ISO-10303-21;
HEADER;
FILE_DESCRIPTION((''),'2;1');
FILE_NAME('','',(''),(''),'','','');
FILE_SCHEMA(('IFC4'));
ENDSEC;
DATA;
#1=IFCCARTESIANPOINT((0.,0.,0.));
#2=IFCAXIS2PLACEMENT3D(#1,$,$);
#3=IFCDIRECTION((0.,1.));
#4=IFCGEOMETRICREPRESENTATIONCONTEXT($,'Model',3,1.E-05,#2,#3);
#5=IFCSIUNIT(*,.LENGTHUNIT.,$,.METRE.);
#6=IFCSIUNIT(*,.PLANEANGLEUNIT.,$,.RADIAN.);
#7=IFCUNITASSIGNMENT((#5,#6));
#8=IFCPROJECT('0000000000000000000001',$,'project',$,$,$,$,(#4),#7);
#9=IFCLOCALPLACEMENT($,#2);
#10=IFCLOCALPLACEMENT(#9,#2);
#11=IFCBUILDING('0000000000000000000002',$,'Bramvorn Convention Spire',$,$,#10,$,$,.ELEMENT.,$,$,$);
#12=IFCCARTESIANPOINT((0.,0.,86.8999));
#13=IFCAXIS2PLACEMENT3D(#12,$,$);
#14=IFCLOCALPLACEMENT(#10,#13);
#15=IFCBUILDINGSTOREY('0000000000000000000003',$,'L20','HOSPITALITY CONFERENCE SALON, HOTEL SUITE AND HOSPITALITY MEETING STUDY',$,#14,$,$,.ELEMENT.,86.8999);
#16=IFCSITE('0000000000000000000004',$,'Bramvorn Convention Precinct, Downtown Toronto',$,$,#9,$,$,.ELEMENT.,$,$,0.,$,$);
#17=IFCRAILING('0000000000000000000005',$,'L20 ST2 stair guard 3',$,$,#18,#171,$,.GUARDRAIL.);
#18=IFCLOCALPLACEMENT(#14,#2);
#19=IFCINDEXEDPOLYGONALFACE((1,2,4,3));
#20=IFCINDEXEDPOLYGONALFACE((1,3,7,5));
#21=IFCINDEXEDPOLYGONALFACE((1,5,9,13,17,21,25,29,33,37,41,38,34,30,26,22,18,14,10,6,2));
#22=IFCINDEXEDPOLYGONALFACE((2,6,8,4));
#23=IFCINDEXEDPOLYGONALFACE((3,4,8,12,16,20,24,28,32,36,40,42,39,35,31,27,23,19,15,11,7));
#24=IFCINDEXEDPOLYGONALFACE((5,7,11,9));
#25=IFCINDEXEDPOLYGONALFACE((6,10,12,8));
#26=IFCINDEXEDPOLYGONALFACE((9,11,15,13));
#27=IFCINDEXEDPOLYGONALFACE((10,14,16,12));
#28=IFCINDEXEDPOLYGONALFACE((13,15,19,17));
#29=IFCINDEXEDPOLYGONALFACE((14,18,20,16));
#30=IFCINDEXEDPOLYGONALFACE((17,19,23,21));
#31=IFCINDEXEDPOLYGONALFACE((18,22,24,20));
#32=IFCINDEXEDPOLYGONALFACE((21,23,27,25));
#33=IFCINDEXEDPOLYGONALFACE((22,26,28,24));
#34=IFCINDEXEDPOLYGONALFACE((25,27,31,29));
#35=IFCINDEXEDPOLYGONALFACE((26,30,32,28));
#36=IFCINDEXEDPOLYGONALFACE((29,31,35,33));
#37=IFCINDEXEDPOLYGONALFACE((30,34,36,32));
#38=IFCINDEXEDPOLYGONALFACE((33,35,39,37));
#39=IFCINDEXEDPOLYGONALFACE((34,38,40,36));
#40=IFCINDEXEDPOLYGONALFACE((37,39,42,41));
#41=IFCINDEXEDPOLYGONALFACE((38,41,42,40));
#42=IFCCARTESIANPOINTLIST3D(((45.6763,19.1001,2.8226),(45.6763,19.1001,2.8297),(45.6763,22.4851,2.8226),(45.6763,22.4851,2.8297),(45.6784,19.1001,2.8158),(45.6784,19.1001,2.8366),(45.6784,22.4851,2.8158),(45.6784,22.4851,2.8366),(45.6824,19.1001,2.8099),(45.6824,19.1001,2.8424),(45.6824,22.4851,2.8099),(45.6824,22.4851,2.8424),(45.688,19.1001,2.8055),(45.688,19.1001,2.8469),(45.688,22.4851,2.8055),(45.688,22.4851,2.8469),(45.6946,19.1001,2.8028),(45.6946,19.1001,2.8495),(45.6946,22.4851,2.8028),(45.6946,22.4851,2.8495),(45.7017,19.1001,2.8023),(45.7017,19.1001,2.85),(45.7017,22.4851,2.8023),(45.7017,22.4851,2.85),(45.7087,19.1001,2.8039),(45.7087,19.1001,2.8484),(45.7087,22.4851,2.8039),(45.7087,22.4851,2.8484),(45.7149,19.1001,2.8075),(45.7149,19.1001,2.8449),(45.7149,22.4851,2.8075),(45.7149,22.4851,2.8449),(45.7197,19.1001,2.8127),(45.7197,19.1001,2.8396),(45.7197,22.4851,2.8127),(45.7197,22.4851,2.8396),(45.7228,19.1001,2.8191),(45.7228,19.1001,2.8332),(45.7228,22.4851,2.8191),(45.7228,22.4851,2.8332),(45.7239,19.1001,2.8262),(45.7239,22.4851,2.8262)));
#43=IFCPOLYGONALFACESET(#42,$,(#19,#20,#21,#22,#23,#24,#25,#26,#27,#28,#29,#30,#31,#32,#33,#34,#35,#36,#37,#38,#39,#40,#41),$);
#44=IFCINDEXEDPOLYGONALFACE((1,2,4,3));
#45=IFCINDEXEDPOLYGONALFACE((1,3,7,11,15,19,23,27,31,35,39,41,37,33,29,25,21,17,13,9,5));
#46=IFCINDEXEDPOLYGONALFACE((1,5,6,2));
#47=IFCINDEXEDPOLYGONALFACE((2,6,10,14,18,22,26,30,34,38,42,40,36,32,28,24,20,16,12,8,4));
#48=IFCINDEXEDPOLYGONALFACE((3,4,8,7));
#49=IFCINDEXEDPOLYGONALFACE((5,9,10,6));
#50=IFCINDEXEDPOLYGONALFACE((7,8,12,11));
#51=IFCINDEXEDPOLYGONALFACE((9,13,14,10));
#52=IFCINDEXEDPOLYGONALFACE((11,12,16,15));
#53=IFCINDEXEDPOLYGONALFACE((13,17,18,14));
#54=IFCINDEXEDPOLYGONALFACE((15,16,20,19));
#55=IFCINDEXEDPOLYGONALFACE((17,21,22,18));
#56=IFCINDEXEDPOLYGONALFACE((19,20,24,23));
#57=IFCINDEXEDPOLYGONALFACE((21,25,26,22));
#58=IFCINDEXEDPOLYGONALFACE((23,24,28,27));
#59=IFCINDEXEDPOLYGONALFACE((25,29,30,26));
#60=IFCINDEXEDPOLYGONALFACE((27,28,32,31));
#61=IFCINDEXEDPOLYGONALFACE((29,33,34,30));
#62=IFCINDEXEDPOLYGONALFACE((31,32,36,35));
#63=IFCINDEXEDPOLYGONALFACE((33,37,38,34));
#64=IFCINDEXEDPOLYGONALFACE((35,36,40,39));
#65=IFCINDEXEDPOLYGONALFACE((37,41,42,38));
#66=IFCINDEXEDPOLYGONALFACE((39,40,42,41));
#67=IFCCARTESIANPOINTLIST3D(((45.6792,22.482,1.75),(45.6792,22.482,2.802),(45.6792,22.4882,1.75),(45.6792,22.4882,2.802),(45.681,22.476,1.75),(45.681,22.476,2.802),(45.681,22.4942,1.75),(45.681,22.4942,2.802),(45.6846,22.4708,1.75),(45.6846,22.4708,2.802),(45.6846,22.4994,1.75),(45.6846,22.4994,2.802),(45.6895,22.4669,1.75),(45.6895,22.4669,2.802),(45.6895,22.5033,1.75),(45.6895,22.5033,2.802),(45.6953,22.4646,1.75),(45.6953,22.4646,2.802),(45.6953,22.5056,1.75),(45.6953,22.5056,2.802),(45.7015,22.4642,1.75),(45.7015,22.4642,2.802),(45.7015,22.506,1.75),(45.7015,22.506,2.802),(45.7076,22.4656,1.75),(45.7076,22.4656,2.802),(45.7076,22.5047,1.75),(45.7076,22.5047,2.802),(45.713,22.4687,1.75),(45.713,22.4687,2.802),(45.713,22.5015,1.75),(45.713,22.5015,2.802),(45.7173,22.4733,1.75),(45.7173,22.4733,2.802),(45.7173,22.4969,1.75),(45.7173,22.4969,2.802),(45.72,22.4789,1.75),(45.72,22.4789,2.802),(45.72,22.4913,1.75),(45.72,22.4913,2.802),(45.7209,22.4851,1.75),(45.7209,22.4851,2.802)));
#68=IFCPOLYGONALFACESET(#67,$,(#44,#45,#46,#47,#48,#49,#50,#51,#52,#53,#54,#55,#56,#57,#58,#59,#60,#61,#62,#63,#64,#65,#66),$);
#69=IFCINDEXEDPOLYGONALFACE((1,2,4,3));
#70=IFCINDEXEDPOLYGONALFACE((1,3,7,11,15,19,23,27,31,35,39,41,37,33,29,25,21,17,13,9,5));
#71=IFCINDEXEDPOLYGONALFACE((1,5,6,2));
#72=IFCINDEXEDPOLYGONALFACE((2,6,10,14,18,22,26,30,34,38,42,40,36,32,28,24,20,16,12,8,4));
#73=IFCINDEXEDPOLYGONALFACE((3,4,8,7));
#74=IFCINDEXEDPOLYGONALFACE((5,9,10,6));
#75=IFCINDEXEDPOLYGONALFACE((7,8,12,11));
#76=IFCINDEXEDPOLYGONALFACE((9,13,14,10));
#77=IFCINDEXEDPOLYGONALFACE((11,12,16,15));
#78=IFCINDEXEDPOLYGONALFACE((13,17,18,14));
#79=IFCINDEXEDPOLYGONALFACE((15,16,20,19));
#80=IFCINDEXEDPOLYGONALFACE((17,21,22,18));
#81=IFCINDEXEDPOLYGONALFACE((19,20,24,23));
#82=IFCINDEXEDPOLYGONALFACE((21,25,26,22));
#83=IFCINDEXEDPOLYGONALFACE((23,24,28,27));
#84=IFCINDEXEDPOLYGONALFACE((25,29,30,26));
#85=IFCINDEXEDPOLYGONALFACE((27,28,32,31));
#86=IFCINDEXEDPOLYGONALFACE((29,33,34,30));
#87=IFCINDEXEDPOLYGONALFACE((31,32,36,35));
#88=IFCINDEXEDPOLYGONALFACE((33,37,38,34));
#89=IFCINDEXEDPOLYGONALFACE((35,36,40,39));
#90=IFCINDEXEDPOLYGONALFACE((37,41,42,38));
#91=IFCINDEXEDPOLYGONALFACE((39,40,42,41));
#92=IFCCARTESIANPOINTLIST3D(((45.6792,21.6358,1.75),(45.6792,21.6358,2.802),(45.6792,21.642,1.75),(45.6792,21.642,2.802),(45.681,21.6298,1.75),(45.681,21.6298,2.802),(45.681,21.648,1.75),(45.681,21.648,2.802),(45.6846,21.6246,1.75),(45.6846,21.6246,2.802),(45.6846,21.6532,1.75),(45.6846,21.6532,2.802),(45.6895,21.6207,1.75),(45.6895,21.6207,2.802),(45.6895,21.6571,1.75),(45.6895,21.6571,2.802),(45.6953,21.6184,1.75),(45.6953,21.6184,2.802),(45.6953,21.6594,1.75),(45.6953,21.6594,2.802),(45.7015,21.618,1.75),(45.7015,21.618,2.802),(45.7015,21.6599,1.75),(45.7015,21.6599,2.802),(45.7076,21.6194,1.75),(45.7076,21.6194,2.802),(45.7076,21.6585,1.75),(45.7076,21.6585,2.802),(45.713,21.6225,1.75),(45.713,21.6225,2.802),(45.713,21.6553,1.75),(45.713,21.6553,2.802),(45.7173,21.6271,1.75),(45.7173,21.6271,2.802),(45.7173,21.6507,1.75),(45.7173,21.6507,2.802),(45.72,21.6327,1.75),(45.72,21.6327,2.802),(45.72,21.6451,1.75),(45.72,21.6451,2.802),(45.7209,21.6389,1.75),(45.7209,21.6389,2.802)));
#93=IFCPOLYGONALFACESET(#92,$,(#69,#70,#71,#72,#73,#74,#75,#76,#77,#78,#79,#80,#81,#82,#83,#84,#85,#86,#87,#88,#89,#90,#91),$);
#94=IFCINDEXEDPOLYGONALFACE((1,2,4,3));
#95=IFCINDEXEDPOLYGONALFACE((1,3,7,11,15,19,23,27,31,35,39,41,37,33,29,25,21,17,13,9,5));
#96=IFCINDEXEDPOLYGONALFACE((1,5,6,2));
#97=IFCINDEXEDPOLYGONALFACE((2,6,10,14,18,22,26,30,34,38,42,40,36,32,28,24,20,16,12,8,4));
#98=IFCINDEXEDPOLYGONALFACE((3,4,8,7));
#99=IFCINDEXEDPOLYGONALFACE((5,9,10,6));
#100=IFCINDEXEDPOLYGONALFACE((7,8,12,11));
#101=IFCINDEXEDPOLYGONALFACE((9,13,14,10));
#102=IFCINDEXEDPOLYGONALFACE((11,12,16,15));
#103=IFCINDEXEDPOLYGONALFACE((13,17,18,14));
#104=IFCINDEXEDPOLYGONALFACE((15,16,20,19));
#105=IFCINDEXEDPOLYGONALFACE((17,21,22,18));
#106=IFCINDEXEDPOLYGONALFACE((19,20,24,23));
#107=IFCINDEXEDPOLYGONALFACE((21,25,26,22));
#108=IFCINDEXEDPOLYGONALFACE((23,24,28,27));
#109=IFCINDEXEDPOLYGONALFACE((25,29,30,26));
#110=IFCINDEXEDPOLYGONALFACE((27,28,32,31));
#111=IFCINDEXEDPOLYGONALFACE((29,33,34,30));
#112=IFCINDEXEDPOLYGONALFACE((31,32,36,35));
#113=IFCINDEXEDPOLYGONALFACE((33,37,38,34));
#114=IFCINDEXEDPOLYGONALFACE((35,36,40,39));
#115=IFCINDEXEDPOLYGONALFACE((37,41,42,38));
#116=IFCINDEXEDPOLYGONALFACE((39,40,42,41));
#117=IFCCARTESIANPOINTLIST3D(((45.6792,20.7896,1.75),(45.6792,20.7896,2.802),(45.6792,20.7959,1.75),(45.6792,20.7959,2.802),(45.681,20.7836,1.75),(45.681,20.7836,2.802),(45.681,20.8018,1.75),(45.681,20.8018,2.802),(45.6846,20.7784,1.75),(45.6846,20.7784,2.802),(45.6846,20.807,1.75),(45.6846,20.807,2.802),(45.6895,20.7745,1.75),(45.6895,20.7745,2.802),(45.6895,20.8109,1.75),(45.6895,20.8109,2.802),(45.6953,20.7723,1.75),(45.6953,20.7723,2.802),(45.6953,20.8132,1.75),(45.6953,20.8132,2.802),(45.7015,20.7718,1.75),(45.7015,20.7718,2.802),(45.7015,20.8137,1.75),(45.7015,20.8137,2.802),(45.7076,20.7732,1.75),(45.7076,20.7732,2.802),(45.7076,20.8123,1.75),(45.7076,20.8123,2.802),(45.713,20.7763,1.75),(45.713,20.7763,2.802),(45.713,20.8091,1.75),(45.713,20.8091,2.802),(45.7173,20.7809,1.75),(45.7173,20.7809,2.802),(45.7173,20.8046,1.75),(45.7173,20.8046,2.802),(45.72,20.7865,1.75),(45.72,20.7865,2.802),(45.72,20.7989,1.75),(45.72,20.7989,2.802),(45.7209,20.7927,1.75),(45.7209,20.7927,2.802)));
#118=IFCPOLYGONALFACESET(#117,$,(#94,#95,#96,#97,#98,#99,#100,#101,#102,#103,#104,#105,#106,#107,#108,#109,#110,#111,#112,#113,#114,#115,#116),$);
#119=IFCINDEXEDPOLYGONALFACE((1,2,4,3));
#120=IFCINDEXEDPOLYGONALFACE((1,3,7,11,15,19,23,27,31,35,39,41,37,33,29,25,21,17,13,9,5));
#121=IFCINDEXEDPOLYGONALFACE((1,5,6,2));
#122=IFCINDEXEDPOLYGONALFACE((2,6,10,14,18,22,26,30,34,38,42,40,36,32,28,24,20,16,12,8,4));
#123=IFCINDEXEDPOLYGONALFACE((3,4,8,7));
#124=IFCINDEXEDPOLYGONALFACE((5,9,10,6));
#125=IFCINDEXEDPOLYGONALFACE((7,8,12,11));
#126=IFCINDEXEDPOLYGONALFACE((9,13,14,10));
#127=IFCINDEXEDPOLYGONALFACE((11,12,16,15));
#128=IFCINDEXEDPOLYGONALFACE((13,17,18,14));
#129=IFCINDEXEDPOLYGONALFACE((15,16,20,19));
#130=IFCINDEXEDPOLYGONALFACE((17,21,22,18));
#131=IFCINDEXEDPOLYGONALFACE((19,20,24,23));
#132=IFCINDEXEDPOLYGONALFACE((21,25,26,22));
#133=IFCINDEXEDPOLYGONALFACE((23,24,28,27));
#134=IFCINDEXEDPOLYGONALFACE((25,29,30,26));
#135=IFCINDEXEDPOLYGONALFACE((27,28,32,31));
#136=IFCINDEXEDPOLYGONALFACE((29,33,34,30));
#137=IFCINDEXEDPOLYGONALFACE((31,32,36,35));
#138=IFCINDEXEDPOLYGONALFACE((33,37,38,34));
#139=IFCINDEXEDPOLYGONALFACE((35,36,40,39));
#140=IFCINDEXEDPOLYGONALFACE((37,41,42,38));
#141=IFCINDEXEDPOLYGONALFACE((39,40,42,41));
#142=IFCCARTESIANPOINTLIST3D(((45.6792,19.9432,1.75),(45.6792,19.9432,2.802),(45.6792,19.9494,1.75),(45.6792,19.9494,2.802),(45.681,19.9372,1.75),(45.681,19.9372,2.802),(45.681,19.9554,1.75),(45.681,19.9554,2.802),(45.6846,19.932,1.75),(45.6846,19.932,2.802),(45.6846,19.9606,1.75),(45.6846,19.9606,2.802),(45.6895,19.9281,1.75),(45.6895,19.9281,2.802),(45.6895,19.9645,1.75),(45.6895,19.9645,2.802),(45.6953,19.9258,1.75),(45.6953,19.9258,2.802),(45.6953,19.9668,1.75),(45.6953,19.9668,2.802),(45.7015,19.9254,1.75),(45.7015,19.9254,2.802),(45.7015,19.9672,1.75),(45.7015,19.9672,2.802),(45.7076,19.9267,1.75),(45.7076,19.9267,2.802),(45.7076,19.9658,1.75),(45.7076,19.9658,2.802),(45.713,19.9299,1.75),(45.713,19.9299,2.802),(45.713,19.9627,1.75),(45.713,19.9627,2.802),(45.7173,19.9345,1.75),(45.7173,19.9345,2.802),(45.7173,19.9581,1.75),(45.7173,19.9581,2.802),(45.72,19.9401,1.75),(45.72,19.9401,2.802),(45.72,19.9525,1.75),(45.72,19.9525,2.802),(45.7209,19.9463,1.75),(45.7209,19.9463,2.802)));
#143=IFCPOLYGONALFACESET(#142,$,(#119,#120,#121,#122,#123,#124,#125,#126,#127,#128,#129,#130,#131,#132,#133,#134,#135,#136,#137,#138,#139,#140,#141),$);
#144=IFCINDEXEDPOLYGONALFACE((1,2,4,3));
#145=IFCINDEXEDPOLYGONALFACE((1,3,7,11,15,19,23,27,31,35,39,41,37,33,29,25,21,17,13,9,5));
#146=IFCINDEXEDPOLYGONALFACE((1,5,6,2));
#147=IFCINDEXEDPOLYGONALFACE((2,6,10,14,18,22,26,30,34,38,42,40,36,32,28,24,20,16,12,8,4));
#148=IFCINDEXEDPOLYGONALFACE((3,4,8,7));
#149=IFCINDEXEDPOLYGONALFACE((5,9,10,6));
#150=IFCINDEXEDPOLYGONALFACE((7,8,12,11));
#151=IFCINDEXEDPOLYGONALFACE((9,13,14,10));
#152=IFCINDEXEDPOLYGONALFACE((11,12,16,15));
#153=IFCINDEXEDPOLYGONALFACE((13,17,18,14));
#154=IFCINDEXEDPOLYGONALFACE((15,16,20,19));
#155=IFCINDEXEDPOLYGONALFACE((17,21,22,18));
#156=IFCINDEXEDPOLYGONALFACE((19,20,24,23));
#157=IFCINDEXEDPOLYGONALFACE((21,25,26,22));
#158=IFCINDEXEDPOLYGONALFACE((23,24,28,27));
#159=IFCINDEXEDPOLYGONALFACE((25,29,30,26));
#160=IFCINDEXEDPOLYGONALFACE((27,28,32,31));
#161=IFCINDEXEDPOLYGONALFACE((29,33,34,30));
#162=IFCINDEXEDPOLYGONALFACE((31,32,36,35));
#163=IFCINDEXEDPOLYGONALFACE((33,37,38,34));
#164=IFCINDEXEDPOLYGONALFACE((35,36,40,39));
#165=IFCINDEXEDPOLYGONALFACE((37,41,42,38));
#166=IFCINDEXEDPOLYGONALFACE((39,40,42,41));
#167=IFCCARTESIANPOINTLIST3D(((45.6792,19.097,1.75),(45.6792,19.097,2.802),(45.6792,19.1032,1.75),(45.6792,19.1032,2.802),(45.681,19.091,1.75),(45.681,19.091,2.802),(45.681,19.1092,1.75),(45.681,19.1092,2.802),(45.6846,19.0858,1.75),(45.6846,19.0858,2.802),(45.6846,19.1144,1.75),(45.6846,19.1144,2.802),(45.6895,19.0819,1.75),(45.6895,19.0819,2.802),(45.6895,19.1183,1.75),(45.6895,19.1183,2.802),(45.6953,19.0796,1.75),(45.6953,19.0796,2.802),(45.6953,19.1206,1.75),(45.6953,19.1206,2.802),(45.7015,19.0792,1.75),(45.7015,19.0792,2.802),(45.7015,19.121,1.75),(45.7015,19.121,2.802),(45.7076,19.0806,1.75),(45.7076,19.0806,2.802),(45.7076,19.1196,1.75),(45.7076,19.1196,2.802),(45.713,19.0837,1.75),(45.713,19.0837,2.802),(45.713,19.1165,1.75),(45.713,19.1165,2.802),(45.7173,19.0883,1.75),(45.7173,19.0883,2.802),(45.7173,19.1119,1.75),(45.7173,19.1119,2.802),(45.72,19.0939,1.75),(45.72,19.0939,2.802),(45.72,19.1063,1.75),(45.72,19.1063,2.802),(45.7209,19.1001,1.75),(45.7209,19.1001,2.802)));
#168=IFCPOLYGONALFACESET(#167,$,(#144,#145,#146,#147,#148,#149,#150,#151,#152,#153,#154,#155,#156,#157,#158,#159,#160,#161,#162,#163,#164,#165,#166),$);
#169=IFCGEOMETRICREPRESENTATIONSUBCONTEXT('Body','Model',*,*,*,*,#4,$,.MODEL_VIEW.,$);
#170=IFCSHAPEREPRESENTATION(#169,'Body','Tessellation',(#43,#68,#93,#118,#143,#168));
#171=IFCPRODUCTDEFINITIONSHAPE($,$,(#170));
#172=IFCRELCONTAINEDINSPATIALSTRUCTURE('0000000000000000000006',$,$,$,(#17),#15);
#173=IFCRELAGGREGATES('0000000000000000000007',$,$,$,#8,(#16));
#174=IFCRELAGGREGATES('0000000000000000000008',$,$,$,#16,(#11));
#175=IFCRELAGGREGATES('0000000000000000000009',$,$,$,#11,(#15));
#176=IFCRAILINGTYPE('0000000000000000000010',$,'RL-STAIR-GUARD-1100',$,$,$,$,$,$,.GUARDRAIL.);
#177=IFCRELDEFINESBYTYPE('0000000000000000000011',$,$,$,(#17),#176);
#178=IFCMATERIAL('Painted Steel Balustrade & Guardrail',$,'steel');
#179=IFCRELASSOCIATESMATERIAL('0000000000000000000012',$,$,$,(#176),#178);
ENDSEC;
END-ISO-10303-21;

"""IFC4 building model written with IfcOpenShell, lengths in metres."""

from ifc_helpers import new_model, si_unit, direction, frame, origin, origin_2d, place, context, subcontext, project, spatial, circle, extrude, material, type_object, element, save


model = new_model("IFC4")

# Units and contexts
model_context = context("Model", 3, precision=1e-05, world=origin(), true_north=direction((0.0, 1.0)))
body_context = subcontext(model_context, "Body", "Model", "MODEL_VIEW")
ifc_project = project(units=[si_unit("LENGTHUNIT", "METRE"), si_unit("PLANEANGLEUNIT", "RADIAN")], contexts=[model_context])

# Site, building, storey
site_placement = place(None, origin())
site = spatial("IfcSite", under=ifc_project, at=site_placement, Name="Bramvorn Convention Precinct, Downtown Toronto", CompositionType="ELEMENT", RefElevation=0.0)
building_placement = place(site_placement, origin())
building = spatial("IfcBuilding", under=site, at=building_placement, Name="Bramvorn Convention Spire", CompositionType="ELEMENT")
storey_placement = place(building_placement, frame((0.0, 0.0, 86.8999)))
storey = spatial("IfcBuildingStorey", under=building, at=storey_placement, Name="L20", Description="HOSPITALITY CONFERENCE SALON, HOTEL SUITE AND HOSPITALITY MEETING STUDY", CompositionType="ELEMENT", Elevation=86.8999)

# Railing
ifc_material_1 = material(Name="Painted Steel Balustrade & Guardrail", Category="steel")
railing_type_1 = type_object("IfcRailingType", Name="RL-STAIR-GUARD-1100", PredefinedType="GUARDRAIL", material=ifc_material_1)
railing_1_placement = place(storey_placement, frame((45.7, 22.4851, 1.75)))
element("IfcRailing", 1, at=railing_1_placement, inside=storey, type_object=railing_type_1, Name="L20 ST2 stair guard 3", PredefinedType="GUARDRAIL", context=body_context, shape_type="SweptSolid", body=[
    extrude(circle(Radius=0.0239, at=origin_2d()), frame((0.0, 0.0, 1.0762), z_axis=(0.0, -1.0, 0.0), x_axis=(1.0, 0.0, 0.0)), (0.0, 0.0, 1.0), 3.385),
    extrude(circle(Radius=0.021, at=origin_2d()), origin(), (0.0, 0.0, 1.0), 1.052),
    extrude(circle(Radius=0.021, at=origin_2d()), frame((0.0, -0.8462, 0.0)), (0.0, 0.0, 1.0), 1.052),
    extrude(circle(Radius=0.021, at=origin_2d()), frame((0.0, -1.6924, 0.0)), (0.0, 0.0, 1.0), 1.052),
    extrude(circle(Radius=0.021, at=origin_2d()), frame((0.0, -2.5388, 0.0)), (0.0, 0.0, 1.0), 1.052),
    extrude(circle(Radius=0.021, at=origin_2d()), frame((0.0, -3.385, 0.0)), (0.0, 0.0, 1.0), 1.052),
])

save(model, "model.ifc")
